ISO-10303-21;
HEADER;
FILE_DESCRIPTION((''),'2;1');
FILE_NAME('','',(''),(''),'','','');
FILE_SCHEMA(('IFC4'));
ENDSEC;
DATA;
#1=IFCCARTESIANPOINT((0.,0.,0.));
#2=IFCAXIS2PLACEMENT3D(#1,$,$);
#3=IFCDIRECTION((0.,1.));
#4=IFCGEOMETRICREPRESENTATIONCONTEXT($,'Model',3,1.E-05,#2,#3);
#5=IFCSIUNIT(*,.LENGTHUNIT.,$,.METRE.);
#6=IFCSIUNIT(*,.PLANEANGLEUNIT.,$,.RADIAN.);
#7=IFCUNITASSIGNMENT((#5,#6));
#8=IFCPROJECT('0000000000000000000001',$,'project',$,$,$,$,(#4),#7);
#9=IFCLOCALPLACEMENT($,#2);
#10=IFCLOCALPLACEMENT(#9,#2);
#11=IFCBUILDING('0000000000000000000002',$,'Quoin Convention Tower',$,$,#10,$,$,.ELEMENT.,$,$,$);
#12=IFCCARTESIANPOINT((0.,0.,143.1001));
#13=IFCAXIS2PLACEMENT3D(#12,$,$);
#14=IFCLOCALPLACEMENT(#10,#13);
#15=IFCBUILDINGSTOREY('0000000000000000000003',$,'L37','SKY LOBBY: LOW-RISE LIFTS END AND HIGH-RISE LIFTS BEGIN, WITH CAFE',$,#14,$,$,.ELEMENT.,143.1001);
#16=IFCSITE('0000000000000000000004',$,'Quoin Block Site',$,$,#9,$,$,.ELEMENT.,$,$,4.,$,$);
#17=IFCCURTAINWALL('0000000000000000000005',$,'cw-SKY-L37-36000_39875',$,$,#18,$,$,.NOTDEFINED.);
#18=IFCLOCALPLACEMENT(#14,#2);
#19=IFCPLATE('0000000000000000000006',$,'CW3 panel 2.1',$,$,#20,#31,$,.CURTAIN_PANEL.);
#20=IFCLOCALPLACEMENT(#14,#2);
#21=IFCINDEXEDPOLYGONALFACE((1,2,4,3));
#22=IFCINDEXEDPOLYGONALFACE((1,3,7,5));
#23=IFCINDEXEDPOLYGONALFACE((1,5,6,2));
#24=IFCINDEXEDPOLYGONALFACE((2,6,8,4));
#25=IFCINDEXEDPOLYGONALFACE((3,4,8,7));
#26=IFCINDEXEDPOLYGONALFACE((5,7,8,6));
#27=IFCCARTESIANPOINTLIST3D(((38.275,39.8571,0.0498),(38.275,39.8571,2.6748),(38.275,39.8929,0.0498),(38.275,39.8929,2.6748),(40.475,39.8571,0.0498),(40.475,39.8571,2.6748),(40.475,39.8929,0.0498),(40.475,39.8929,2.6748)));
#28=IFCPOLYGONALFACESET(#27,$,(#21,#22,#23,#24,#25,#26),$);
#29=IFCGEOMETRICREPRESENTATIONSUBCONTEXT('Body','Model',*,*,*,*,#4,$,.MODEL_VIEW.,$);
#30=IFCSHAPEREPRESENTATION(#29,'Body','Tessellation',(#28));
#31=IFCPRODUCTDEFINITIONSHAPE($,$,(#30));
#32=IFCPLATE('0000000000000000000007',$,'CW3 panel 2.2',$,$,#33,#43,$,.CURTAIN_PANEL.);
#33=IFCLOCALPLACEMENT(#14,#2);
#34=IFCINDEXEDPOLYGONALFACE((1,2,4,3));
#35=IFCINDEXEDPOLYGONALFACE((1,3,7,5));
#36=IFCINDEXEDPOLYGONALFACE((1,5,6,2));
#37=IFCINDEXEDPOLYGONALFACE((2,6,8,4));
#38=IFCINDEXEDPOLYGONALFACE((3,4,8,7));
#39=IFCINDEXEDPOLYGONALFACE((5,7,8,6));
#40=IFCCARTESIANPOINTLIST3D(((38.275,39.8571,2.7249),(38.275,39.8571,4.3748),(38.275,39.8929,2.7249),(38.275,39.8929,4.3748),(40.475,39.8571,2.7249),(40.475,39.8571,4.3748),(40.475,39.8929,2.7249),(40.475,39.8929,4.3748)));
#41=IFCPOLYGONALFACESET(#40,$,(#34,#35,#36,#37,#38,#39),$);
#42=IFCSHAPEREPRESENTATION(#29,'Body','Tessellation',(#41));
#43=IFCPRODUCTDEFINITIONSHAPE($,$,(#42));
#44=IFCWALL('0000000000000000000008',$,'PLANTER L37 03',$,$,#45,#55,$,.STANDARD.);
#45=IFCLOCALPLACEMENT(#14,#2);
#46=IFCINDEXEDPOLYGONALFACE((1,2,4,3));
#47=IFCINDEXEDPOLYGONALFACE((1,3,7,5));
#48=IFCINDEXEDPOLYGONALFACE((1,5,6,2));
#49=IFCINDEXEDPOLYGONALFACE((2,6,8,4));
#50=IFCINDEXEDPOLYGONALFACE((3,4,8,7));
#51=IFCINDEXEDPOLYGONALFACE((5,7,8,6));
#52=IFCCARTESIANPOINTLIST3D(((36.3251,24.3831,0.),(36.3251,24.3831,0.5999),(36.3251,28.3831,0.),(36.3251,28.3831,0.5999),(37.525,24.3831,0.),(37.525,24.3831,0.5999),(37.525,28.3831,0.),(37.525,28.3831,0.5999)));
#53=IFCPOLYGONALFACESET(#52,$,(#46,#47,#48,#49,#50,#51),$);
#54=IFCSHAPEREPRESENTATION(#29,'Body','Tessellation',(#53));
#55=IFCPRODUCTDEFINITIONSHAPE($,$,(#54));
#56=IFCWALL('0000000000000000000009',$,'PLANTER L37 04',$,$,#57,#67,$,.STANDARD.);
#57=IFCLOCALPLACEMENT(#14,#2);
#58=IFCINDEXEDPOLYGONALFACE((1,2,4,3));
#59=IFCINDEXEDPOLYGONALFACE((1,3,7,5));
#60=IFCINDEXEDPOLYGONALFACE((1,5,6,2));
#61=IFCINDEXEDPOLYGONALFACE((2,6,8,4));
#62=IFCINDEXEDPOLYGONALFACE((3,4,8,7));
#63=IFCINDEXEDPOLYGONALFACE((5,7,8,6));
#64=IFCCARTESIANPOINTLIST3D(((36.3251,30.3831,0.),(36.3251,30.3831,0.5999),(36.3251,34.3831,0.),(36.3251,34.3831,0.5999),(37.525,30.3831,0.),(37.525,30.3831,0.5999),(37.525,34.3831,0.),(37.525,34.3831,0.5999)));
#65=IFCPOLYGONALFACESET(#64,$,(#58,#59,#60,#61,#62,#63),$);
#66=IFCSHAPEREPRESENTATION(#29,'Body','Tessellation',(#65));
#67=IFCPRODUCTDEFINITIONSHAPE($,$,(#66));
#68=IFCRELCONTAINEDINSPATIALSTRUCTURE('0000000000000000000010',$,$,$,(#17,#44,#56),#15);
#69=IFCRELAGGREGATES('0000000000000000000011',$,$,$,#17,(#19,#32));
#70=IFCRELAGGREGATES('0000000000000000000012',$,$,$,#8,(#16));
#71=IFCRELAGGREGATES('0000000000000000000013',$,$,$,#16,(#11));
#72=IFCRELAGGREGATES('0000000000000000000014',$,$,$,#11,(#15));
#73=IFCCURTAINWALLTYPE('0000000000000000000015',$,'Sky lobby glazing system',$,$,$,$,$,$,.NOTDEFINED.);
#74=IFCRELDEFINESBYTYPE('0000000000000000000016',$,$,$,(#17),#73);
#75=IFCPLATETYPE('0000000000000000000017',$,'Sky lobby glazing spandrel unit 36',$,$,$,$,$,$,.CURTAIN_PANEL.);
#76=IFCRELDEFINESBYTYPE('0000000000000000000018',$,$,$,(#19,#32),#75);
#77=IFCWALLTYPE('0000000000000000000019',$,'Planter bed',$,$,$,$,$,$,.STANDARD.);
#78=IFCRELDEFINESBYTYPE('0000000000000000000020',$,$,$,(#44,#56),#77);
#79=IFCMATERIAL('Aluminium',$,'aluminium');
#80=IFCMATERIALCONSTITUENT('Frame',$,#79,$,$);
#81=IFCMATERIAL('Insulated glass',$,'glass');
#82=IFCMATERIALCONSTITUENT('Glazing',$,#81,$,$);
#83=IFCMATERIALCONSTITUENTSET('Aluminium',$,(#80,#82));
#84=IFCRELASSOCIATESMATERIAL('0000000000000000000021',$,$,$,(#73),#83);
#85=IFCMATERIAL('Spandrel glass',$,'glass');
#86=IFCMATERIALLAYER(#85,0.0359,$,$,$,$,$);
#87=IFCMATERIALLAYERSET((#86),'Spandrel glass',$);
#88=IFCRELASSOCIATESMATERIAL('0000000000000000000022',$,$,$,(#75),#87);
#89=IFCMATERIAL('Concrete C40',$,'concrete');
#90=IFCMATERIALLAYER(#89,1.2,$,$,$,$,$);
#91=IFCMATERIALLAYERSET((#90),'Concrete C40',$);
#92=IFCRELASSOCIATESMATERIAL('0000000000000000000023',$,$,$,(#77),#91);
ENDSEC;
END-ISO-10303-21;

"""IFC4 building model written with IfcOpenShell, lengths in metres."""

from ifc_helpers import new_model, si_unit, direction, frame, frame_2d, origin, origin_2d, place, context, subcontext, project, spatial, rectangle, extrude, material, layer, layer_set, constituent, constituent_set, type_object, element, aggregate, save


model = new_model("IFC4")

# Units and contexts
model_context = context("Model", 3, precision=1e-05, world=origin(), true_north=direction((0.0, 1.0)))
body_context = subcontext(model_context, "Body", "Model", "MODEL_VIEW")
ifc_project = project(units=[si_unit("LENGTHUNIT", "METRE"), si_unit("PLANEANGLEUNIT", "RADIAN")], contexts=[model_context])

# Site, building, storey
site_placement = place(None, origin())
site = spatial("IfcSite", under=ifc_project, at=site_placement, Name="Quoin Block Site", CompositionType="ELEMENT", RefElevation=4.0)
building_placement = place(site_placement, origin())
building = spatial("IfcBuilding", under=site, at=building_placement, Name="Quoin Convention Tower", CompositionType="ELEMENT")
storey_placement = place(building_placement, frame((0.0, 0.0, 143.1001)))
storey = spatial("IfcBuildingStorey", under=building, at=storey_placement, Name="L37", Description="SKY LOBBY: LOW-RISE LIFTS END AND HIGH-RISE LIFTS BEGIN, WITH CAFE", CompositionType="ELEMENT", Elevation=143.1001)

# Curtain wall, plates
ifc_material_1 = material(Name="Aluminium", Category="aluminium")
ifc_constituent_1 = constituent(ifc_material_1, Name="Frame")
ifc_material_2 = material(Name="Insulated glass", Category="glass")
ifc_constituent_2 = constituent(ifc_material_2, Name="Glazing")
ifc_constituent_set = constituent_set(constituents=[ifc_constituent_1, ifc_constituent_2], Name="Aluminium")
curtain_wall_type = type_object("IfcCurtainWallType", Name="Sky lobby glazing system", PredefinedType="NOTDEFINED", material=ifc_constituent_set)
curtain_wall_placement = place(storey_placement, origin())
curtain_wall = element("IfcCurtainWall", 1, at=curtain_wall_placement, inside=storey, type_object=curtain_wall_type, Name="cw-SKY-L37-36000_39875", PredefinedType="NOTDEFINED")
ifc_material_3 = material(Name="Spandrel glass", Category="glass")
ifc_layer_1 = layer(ifc_material_3, 0.0359)
ifc_layer_set_1 = layer_set([ifc_layer_1], Name="Spandrel glass")
plate_type_1 = type_object("IfcPlateType", Name="Sky lobby glazing spandrel unit 36", PredefinedType="CURTAIN_PANEL", material=ifc_layer_set_1)
plate_1_placement = place(storey_placement, frame((39.375, 39.875, 0.0498), z_axis=(0.0, 0.0, 1.0), x_axis=(1.0, 0.0, 0.0)))
plate_1 = element("IfcPlate", 2, at=plate_1_placement, type_object=plate_type_1, Name="CW3 panel 2.1", PredefinedType="CURTAIN_PANEL", context=body_context, shape_type="SweptSolid", body=[
    extrude(rectangle(XDim=2.2, YDim=0.0359, at=origin_2d()), origin(), (0.0, 0.0, 1.0), 2.625),
])
plate_2_placement = place(storey_placement, frame((39.375, 39.875, 2.7249), z_axis=(0.0, 0.0, 1.0), x_axis=(1.0, 0.0, 0.0)))
plate_2 = element("IfcPlate", 3, at=plate_2_placement, type_object=plate_type_1, Name="CW3 panel 2.2", PredefinedType="CURTAIN_PANEL", context=body_context, shape_type="SweptSolid", body=[
    extrude(rectangle(XDim=2.2, YDim=0.0359, at=origin_2d()), origin(), (0.0, 0.0, 1.0), 1.6499),
])
aggregate(curtain_wall, [plate_1, plate_2])

# Walls
ifc_material_4 = material(Name="Concrete C40", Category="concrete")
ifc_layer_2 = layer(ifc_material_4, 1.2)
ifc_layer_set_2 = layer_set([ifc_layer_2], Name="Concrete C40")
wall_type = type_object("IfcWallType", Name="Planter bed", PredefinedType="STANDARD", material=ifc_layer_set_2)
for number, where, z_axis, x_axis, name in (
    (4, (36.925, 24.3831, 0.0), (0.0, 0.0, 1.0), (0.0, 1.0, 0.0), "PLANTER L37 03"),
    (5, (36.925, 30.3831, 0.0), (0.0, 0.0, 1.0), (0.0, 1.0, 0.0), "PLANTER L37 04"),
):
    element("IfcWall", number, at=place(storey_placement, frame(where, z_axis=z_axis, x_axis=x_axis)), inside=storey, type_object=wall_type, Name=name, PredefinedType="STANDARD", context=body_context, shape_type="SweptSolid", body=[
        extrude(rectangle(XDim=4.0, YDim=1.2, at=frame_2d((2.0, 0.0))), origin(), (0.0, 0.0, 1.0), 0.5999),
    ])

save(model, "model.ifc")
